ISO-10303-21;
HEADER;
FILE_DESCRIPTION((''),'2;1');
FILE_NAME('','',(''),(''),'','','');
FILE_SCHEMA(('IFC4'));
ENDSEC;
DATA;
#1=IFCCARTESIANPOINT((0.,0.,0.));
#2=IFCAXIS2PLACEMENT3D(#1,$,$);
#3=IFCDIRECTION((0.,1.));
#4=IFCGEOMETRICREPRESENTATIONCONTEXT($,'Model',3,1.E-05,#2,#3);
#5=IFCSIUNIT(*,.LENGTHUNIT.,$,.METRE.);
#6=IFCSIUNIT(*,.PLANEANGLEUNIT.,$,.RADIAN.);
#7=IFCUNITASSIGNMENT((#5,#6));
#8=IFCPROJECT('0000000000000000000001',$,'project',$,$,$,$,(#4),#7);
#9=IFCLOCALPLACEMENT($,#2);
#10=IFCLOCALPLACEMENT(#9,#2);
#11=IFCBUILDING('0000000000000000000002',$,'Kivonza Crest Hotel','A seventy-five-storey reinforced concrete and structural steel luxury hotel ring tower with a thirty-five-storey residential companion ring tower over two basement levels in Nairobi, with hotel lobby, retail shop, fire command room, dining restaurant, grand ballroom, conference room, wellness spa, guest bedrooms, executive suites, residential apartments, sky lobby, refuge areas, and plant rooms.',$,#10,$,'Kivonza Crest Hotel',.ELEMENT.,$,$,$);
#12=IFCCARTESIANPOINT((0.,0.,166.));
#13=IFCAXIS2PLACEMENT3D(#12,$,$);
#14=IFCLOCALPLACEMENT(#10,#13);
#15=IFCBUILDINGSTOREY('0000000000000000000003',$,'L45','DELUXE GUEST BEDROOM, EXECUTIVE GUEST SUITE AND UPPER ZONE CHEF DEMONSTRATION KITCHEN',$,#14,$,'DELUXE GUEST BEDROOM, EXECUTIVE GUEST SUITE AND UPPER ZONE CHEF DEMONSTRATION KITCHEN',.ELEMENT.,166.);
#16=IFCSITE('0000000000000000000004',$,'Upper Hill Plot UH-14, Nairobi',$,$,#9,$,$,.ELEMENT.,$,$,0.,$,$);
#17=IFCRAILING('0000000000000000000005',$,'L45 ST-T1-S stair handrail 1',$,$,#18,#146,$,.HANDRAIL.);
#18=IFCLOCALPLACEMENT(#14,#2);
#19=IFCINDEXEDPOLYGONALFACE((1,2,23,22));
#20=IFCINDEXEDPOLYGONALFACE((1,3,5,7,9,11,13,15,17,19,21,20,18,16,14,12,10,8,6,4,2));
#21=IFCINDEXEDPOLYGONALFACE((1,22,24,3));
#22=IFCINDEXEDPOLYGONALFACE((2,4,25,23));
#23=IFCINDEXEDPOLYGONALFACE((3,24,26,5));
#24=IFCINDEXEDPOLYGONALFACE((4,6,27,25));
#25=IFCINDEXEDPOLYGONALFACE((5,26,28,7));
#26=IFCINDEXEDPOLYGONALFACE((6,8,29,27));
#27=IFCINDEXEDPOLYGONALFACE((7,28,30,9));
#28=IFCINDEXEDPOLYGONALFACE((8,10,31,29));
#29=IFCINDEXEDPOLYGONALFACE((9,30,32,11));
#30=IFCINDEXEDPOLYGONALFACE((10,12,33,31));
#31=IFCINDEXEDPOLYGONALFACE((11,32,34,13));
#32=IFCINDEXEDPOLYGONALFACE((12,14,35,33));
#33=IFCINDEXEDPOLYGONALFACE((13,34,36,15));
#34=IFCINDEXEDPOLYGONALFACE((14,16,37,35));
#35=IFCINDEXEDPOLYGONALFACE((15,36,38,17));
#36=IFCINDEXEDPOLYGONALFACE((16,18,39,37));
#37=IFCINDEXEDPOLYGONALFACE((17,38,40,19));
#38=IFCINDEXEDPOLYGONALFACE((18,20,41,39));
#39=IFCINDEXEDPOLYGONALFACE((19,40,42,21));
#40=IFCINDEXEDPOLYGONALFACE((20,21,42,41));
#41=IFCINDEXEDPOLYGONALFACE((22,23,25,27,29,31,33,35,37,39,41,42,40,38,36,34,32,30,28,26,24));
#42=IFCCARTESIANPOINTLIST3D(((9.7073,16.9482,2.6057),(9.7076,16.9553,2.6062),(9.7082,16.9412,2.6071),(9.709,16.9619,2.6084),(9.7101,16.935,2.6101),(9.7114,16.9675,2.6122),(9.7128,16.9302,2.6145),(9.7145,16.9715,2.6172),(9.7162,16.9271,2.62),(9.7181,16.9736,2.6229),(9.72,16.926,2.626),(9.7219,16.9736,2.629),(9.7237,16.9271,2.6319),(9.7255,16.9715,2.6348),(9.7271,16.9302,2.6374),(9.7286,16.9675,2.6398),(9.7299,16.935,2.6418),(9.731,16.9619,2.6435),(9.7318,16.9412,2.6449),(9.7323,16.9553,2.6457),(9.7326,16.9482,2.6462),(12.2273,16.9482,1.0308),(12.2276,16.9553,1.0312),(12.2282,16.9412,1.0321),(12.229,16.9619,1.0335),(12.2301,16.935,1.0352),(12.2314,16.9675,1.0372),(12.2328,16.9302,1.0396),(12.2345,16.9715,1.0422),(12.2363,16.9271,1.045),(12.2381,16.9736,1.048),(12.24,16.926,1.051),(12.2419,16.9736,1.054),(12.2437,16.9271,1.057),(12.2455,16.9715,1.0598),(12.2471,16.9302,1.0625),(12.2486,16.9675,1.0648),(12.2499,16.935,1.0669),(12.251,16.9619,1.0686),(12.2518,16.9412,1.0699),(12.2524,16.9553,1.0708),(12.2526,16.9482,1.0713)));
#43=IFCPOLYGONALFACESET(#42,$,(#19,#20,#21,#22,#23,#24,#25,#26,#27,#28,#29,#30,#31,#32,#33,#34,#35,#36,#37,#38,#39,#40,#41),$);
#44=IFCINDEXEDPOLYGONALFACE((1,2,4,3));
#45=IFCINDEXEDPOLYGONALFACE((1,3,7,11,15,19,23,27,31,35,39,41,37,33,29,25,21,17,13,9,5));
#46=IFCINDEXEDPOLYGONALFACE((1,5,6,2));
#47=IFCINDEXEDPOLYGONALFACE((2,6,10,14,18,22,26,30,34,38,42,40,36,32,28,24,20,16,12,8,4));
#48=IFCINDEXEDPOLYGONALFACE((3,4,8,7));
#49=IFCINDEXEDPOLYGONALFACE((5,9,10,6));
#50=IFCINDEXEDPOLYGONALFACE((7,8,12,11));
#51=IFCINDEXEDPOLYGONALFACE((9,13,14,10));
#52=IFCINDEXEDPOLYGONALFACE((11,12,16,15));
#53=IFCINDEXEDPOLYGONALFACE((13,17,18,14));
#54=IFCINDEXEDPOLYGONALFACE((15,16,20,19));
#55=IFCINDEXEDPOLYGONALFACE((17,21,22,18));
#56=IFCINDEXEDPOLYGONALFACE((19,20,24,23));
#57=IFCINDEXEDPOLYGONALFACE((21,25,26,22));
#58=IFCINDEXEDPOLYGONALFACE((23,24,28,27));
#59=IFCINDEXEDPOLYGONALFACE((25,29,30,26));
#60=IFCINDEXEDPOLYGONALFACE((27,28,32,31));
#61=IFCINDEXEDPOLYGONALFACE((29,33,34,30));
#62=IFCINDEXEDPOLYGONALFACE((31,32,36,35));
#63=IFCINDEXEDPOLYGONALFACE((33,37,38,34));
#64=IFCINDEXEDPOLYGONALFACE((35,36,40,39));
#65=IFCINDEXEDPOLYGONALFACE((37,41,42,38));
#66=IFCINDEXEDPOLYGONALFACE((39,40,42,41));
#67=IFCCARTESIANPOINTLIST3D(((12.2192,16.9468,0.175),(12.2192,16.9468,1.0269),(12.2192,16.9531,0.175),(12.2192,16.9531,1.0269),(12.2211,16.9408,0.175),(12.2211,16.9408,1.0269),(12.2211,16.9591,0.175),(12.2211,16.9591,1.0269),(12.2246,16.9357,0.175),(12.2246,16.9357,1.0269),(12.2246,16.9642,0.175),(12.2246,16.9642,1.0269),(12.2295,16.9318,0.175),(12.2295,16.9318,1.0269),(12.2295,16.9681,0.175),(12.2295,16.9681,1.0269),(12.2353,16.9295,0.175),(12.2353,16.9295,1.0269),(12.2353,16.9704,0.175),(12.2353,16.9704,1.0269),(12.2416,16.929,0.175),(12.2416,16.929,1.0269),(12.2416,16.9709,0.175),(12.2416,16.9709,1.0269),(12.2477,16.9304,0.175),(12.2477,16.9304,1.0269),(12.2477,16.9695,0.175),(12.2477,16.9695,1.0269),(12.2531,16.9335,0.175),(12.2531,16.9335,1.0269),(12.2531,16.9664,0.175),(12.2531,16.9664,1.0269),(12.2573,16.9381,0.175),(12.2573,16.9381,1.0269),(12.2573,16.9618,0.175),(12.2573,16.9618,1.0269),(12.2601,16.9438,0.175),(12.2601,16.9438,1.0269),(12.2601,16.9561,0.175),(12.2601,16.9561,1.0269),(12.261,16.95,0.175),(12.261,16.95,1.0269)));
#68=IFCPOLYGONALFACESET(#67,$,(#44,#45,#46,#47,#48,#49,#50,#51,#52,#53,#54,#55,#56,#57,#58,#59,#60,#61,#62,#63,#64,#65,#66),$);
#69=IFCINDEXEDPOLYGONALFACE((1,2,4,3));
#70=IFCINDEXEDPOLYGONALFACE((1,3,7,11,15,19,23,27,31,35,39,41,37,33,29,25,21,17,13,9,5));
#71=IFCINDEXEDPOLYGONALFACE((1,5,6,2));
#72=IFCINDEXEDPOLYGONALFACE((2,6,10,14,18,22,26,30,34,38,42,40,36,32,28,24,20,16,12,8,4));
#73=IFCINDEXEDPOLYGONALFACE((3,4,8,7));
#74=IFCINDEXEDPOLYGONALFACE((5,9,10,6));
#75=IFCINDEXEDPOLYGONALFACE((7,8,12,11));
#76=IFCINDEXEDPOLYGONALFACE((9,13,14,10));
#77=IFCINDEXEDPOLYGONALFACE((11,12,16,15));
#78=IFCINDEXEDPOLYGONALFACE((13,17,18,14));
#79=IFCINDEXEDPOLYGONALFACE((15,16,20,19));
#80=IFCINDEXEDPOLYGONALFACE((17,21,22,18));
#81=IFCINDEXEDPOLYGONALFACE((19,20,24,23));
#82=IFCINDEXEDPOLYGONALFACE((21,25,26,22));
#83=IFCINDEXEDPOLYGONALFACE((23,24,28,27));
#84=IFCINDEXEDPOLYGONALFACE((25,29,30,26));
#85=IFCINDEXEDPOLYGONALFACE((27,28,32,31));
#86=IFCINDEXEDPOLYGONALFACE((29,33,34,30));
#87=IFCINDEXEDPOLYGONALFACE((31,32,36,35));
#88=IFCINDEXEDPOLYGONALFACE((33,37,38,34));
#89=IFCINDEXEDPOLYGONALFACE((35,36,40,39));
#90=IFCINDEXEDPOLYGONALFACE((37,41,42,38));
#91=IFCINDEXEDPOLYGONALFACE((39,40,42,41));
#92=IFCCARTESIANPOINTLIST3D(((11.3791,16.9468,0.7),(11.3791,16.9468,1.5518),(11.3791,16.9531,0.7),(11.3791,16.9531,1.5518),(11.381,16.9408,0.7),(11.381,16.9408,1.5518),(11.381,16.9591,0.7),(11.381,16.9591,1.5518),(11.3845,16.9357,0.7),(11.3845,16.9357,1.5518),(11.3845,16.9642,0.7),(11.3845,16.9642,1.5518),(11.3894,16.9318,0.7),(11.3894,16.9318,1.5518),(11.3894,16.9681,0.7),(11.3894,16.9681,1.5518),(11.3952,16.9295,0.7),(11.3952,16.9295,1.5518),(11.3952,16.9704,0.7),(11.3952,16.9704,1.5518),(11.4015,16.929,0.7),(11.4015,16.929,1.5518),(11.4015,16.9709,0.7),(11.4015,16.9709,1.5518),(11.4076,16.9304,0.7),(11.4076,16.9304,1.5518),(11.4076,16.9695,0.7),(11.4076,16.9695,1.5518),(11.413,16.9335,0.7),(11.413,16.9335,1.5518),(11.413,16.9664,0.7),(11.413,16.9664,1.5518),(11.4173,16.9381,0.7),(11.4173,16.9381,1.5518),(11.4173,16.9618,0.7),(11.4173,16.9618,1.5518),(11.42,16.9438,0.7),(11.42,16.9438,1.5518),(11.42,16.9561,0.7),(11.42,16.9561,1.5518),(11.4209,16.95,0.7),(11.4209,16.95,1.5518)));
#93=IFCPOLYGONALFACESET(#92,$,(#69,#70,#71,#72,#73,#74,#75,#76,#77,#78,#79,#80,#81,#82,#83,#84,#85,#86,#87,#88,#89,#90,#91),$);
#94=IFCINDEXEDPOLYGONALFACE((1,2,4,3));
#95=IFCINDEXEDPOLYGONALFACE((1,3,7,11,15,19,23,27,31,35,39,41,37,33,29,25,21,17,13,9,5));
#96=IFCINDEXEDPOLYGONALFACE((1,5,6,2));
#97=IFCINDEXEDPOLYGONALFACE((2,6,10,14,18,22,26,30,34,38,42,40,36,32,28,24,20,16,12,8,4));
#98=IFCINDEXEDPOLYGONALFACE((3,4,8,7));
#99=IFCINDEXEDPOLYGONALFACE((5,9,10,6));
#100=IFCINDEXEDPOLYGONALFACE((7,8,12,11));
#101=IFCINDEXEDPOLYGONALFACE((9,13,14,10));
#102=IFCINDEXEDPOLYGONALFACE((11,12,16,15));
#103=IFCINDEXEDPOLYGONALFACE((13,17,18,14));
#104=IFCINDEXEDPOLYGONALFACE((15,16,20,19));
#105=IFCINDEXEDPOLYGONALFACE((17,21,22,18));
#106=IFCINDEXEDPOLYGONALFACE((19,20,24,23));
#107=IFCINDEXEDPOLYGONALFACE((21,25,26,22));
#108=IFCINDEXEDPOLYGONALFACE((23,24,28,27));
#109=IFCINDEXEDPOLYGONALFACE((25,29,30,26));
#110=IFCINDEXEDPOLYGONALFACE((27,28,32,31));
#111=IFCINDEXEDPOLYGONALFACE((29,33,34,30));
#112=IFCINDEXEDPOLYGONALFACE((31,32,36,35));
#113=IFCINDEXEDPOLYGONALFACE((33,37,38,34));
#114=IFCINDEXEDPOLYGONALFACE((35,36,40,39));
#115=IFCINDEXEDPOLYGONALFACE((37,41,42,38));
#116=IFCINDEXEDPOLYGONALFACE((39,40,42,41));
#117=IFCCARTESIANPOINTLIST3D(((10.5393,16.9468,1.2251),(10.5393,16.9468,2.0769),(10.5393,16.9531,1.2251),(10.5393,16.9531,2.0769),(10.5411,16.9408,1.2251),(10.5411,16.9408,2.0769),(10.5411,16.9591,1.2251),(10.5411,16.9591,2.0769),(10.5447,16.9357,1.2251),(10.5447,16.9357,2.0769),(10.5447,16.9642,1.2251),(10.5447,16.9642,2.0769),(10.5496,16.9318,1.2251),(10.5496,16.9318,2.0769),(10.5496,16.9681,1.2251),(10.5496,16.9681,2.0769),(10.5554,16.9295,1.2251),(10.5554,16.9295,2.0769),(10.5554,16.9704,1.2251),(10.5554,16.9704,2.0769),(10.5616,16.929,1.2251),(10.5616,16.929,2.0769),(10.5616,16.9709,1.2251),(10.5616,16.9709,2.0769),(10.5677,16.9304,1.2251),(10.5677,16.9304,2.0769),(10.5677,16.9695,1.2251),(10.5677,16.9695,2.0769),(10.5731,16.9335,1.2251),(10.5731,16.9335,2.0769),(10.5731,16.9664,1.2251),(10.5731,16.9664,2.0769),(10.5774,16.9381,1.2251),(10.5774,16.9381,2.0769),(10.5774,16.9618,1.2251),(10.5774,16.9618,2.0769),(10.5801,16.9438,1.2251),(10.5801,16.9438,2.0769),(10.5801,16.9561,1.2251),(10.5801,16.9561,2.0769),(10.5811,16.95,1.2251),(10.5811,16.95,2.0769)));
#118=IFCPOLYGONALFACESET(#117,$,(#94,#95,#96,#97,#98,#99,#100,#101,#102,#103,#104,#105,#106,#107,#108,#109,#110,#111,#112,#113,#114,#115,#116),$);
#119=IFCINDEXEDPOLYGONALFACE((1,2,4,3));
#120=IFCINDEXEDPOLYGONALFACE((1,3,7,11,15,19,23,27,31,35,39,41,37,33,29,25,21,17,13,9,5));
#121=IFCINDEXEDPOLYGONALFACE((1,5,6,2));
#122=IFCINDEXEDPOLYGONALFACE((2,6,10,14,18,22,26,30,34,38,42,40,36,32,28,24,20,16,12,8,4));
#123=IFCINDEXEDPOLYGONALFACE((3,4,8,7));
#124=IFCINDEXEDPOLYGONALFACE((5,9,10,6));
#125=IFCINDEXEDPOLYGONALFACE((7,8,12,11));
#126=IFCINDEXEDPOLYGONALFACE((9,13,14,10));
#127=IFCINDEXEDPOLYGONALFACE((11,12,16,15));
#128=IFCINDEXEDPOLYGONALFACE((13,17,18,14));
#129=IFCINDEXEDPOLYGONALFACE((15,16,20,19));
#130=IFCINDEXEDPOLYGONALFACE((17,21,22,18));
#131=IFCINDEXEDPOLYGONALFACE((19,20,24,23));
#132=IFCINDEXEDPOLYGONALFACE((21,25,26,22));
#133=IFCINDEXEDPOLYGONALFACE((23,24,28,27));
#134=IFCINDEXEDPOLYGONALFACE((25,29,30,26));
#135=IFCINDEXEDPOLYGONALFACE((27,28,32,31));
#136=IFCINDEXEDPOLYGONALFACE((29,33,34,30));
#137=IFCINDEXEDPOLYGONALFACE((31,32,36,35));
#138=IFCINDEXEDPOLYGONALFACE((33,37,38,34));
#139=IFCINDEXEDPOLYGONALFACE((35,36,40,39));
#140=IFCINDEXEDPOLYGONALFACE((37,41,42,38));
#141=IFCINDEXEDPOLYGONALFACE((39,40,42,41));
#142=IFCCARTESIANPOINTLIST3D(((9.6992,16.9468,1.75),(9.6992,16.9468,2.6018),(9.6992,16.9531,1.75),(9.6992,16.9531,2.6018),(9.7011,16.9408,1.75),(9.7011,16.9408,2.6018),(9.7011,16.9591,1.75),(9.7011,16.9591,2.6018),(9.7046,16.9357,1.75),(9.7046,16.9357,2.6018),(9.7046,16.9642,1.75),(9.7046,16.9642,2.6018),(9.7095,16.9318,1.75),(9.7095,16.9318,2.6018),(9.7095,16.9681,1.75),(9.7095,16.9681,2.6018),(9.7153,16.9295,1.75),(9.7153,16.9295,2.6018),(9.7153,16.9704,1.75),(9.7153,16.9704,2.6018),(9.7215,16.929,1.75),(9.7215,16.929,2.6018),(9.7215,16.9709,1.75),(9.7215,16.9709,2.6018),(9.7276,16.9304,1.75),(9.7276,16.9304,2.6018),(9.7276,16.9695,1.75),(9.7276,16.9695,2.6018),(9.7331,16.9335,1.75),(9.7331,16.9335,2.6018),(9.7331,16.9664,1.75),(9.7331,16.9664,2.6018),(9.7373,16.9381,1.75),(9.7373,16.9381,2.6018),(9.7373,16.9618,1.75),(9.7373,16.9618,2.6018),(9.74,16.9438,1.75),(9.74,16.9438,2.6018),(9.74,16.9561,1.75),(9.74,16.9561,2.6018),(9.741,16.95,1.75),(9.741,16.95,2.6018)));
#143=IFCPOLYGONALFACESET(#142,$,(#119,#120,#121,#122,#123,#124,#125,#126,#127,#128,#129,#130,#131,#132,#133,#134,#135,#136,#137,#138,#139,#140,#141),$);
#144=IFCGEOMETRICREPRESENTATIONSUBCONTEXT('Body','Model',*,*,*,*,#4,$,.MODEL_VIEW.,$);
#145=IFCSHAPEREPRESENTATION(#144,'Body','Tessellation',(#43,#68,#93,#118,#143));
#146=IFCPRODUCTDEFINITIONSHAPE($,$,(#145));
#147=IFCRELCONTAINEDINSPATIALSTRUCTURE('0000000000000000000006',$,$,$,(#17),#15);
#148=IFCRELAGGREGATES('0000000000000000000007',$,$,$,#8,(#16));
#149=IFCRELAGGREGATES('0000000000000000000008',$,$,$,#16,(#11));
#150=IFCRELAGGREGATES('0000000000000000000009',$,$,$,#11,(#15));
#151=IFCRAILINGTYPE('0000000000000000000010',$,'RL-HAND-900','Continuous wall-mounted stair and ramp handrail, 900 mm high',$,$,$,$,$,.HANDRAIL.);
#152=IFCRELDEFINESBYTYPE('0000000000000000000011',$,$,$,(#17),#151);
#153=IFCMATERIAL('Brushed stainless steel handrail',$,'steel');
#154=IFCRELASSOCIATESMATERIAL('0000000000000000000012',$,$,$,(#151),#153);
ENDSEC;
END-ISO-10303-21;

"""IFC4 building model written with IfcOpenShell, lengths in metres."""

from ifc_helpers import new_model, si_unit, direction, frame, origin, origin_2d, place, context, subcontext, project, spatial, circle, extrude, material, type_object, element, save


model = new_model("IFC4")

# Units and contexts
model_context = context("Model", 3, precision=1e-05, world=origin(), true_north=direction((0.0, 1.0)))
body_context = subcontext(model_context, "Body", "Model", "MODEL_VIEW")
ifc_project = project(units=[si_unit("LENGTHUNIT", "METRE"), si_unit("PLANEANGLEUNIT", "RADIAN")], contexts=[model_context])

# Site, building, storey
site_placement = place(None, origin())
site = spatial("IfcSite", under=ifc_project, at=site_placement, Name="Upper Hill Plot UH-14, Nairobi", CompositionType="ELEMENT", RefElevation=0.0)
building_placement = place(site_placement, origin())
building = spatial("IfcBuilding", under=site, at=building_placement, Name="Kivonza Crest Hotel", Description="A seventy-five-storey reinforced concrete and structural steel luxury hotel ring tower with a thirty-five-storey residential companion ring tower over two basement levels in Nairobi, with hotel lobby, retail shop, fire command room, dining restaurant, grand ballroom, conference room, wellness spa, guest bedrooms, executive suites, residential apartments, sky lobby, refuge areas, and plant rooms.", LongName="Kivonza Crest Hotel", CompositionType="ELEMENT")
storey_placement = place(building_placement, frame((0.0, 0.0, 166.0)))
storey = spatial("IfcBuildingStorey", under=building, at=storey_placement, Name="L45", Description="DELUXE GUEST BEDROOM, EXECUTIVE GUEST SUITE AND UPPER ZONE CHEF DEMONSTRATION KITCHEN", LongName="DELUXE GUEST BEDROOM, EXECUTIVE GUEST SUITE AND UPPER ZONE CHEF DEMONSTRATION KITCHEN", CompositionType="ELEMENT", Elevation=166.0)

# Railing
ifc_material_1 = material(Name="Brushed stainless steel handrail", Category="steel")
railing_type_1 = type_object("IfcRailingType", Name="RL-HAND-900", Description="Continuous wall-mounted stair and ramp handrail, 900 mm high", PredefinedType="HANDRAIL", material=ifc_material_1)
railing_1_placement = place(storey_placement, frame((12.24, 16.95, 0.175)))
element("IfcRailing", 1, at=railing_1_placement, inside=storey, type_object=railing_type_1, Name="L45 ST-T1-S stair handrail 1", PredefinedType="HANDRAIL", context=body_context, shape_type="SweptSolid", body=[
    extrude(circle(Radius=0.0239, at=origin_2d()), frame((0.0, 0.0, 0.876), z_axis=(-0.848008, 0.0, 0.529984), x_axis=(0.0, -1.0, 0.0)), (0.0, 0.0, 1.0), 2.9717),
    extrude(circle(Radius=0.021, at=origin_2d()), origin(), (0.0, 0.0, 1.0), 0.8518),
    extrude(circle(Radius=0.021, at=origin_2d()), frame((-0.8401, 0.0, 0.5249)), (0.0, 0.0, 1.0), 0.8518),
    extrude(circle(Radius=0.021, at=origin_2d()), frame((-1.6799, 0.0, 1.05)), (0.0, 0.0, 1.0), 0.8518),
    extrude(circle(Radius=0.021, at=origin_2d()), frame((-2.52, 0.0, 1.575)), (0.0, 0.0, 1.0), 0.8518),
])

save(model, "model.ifc")
